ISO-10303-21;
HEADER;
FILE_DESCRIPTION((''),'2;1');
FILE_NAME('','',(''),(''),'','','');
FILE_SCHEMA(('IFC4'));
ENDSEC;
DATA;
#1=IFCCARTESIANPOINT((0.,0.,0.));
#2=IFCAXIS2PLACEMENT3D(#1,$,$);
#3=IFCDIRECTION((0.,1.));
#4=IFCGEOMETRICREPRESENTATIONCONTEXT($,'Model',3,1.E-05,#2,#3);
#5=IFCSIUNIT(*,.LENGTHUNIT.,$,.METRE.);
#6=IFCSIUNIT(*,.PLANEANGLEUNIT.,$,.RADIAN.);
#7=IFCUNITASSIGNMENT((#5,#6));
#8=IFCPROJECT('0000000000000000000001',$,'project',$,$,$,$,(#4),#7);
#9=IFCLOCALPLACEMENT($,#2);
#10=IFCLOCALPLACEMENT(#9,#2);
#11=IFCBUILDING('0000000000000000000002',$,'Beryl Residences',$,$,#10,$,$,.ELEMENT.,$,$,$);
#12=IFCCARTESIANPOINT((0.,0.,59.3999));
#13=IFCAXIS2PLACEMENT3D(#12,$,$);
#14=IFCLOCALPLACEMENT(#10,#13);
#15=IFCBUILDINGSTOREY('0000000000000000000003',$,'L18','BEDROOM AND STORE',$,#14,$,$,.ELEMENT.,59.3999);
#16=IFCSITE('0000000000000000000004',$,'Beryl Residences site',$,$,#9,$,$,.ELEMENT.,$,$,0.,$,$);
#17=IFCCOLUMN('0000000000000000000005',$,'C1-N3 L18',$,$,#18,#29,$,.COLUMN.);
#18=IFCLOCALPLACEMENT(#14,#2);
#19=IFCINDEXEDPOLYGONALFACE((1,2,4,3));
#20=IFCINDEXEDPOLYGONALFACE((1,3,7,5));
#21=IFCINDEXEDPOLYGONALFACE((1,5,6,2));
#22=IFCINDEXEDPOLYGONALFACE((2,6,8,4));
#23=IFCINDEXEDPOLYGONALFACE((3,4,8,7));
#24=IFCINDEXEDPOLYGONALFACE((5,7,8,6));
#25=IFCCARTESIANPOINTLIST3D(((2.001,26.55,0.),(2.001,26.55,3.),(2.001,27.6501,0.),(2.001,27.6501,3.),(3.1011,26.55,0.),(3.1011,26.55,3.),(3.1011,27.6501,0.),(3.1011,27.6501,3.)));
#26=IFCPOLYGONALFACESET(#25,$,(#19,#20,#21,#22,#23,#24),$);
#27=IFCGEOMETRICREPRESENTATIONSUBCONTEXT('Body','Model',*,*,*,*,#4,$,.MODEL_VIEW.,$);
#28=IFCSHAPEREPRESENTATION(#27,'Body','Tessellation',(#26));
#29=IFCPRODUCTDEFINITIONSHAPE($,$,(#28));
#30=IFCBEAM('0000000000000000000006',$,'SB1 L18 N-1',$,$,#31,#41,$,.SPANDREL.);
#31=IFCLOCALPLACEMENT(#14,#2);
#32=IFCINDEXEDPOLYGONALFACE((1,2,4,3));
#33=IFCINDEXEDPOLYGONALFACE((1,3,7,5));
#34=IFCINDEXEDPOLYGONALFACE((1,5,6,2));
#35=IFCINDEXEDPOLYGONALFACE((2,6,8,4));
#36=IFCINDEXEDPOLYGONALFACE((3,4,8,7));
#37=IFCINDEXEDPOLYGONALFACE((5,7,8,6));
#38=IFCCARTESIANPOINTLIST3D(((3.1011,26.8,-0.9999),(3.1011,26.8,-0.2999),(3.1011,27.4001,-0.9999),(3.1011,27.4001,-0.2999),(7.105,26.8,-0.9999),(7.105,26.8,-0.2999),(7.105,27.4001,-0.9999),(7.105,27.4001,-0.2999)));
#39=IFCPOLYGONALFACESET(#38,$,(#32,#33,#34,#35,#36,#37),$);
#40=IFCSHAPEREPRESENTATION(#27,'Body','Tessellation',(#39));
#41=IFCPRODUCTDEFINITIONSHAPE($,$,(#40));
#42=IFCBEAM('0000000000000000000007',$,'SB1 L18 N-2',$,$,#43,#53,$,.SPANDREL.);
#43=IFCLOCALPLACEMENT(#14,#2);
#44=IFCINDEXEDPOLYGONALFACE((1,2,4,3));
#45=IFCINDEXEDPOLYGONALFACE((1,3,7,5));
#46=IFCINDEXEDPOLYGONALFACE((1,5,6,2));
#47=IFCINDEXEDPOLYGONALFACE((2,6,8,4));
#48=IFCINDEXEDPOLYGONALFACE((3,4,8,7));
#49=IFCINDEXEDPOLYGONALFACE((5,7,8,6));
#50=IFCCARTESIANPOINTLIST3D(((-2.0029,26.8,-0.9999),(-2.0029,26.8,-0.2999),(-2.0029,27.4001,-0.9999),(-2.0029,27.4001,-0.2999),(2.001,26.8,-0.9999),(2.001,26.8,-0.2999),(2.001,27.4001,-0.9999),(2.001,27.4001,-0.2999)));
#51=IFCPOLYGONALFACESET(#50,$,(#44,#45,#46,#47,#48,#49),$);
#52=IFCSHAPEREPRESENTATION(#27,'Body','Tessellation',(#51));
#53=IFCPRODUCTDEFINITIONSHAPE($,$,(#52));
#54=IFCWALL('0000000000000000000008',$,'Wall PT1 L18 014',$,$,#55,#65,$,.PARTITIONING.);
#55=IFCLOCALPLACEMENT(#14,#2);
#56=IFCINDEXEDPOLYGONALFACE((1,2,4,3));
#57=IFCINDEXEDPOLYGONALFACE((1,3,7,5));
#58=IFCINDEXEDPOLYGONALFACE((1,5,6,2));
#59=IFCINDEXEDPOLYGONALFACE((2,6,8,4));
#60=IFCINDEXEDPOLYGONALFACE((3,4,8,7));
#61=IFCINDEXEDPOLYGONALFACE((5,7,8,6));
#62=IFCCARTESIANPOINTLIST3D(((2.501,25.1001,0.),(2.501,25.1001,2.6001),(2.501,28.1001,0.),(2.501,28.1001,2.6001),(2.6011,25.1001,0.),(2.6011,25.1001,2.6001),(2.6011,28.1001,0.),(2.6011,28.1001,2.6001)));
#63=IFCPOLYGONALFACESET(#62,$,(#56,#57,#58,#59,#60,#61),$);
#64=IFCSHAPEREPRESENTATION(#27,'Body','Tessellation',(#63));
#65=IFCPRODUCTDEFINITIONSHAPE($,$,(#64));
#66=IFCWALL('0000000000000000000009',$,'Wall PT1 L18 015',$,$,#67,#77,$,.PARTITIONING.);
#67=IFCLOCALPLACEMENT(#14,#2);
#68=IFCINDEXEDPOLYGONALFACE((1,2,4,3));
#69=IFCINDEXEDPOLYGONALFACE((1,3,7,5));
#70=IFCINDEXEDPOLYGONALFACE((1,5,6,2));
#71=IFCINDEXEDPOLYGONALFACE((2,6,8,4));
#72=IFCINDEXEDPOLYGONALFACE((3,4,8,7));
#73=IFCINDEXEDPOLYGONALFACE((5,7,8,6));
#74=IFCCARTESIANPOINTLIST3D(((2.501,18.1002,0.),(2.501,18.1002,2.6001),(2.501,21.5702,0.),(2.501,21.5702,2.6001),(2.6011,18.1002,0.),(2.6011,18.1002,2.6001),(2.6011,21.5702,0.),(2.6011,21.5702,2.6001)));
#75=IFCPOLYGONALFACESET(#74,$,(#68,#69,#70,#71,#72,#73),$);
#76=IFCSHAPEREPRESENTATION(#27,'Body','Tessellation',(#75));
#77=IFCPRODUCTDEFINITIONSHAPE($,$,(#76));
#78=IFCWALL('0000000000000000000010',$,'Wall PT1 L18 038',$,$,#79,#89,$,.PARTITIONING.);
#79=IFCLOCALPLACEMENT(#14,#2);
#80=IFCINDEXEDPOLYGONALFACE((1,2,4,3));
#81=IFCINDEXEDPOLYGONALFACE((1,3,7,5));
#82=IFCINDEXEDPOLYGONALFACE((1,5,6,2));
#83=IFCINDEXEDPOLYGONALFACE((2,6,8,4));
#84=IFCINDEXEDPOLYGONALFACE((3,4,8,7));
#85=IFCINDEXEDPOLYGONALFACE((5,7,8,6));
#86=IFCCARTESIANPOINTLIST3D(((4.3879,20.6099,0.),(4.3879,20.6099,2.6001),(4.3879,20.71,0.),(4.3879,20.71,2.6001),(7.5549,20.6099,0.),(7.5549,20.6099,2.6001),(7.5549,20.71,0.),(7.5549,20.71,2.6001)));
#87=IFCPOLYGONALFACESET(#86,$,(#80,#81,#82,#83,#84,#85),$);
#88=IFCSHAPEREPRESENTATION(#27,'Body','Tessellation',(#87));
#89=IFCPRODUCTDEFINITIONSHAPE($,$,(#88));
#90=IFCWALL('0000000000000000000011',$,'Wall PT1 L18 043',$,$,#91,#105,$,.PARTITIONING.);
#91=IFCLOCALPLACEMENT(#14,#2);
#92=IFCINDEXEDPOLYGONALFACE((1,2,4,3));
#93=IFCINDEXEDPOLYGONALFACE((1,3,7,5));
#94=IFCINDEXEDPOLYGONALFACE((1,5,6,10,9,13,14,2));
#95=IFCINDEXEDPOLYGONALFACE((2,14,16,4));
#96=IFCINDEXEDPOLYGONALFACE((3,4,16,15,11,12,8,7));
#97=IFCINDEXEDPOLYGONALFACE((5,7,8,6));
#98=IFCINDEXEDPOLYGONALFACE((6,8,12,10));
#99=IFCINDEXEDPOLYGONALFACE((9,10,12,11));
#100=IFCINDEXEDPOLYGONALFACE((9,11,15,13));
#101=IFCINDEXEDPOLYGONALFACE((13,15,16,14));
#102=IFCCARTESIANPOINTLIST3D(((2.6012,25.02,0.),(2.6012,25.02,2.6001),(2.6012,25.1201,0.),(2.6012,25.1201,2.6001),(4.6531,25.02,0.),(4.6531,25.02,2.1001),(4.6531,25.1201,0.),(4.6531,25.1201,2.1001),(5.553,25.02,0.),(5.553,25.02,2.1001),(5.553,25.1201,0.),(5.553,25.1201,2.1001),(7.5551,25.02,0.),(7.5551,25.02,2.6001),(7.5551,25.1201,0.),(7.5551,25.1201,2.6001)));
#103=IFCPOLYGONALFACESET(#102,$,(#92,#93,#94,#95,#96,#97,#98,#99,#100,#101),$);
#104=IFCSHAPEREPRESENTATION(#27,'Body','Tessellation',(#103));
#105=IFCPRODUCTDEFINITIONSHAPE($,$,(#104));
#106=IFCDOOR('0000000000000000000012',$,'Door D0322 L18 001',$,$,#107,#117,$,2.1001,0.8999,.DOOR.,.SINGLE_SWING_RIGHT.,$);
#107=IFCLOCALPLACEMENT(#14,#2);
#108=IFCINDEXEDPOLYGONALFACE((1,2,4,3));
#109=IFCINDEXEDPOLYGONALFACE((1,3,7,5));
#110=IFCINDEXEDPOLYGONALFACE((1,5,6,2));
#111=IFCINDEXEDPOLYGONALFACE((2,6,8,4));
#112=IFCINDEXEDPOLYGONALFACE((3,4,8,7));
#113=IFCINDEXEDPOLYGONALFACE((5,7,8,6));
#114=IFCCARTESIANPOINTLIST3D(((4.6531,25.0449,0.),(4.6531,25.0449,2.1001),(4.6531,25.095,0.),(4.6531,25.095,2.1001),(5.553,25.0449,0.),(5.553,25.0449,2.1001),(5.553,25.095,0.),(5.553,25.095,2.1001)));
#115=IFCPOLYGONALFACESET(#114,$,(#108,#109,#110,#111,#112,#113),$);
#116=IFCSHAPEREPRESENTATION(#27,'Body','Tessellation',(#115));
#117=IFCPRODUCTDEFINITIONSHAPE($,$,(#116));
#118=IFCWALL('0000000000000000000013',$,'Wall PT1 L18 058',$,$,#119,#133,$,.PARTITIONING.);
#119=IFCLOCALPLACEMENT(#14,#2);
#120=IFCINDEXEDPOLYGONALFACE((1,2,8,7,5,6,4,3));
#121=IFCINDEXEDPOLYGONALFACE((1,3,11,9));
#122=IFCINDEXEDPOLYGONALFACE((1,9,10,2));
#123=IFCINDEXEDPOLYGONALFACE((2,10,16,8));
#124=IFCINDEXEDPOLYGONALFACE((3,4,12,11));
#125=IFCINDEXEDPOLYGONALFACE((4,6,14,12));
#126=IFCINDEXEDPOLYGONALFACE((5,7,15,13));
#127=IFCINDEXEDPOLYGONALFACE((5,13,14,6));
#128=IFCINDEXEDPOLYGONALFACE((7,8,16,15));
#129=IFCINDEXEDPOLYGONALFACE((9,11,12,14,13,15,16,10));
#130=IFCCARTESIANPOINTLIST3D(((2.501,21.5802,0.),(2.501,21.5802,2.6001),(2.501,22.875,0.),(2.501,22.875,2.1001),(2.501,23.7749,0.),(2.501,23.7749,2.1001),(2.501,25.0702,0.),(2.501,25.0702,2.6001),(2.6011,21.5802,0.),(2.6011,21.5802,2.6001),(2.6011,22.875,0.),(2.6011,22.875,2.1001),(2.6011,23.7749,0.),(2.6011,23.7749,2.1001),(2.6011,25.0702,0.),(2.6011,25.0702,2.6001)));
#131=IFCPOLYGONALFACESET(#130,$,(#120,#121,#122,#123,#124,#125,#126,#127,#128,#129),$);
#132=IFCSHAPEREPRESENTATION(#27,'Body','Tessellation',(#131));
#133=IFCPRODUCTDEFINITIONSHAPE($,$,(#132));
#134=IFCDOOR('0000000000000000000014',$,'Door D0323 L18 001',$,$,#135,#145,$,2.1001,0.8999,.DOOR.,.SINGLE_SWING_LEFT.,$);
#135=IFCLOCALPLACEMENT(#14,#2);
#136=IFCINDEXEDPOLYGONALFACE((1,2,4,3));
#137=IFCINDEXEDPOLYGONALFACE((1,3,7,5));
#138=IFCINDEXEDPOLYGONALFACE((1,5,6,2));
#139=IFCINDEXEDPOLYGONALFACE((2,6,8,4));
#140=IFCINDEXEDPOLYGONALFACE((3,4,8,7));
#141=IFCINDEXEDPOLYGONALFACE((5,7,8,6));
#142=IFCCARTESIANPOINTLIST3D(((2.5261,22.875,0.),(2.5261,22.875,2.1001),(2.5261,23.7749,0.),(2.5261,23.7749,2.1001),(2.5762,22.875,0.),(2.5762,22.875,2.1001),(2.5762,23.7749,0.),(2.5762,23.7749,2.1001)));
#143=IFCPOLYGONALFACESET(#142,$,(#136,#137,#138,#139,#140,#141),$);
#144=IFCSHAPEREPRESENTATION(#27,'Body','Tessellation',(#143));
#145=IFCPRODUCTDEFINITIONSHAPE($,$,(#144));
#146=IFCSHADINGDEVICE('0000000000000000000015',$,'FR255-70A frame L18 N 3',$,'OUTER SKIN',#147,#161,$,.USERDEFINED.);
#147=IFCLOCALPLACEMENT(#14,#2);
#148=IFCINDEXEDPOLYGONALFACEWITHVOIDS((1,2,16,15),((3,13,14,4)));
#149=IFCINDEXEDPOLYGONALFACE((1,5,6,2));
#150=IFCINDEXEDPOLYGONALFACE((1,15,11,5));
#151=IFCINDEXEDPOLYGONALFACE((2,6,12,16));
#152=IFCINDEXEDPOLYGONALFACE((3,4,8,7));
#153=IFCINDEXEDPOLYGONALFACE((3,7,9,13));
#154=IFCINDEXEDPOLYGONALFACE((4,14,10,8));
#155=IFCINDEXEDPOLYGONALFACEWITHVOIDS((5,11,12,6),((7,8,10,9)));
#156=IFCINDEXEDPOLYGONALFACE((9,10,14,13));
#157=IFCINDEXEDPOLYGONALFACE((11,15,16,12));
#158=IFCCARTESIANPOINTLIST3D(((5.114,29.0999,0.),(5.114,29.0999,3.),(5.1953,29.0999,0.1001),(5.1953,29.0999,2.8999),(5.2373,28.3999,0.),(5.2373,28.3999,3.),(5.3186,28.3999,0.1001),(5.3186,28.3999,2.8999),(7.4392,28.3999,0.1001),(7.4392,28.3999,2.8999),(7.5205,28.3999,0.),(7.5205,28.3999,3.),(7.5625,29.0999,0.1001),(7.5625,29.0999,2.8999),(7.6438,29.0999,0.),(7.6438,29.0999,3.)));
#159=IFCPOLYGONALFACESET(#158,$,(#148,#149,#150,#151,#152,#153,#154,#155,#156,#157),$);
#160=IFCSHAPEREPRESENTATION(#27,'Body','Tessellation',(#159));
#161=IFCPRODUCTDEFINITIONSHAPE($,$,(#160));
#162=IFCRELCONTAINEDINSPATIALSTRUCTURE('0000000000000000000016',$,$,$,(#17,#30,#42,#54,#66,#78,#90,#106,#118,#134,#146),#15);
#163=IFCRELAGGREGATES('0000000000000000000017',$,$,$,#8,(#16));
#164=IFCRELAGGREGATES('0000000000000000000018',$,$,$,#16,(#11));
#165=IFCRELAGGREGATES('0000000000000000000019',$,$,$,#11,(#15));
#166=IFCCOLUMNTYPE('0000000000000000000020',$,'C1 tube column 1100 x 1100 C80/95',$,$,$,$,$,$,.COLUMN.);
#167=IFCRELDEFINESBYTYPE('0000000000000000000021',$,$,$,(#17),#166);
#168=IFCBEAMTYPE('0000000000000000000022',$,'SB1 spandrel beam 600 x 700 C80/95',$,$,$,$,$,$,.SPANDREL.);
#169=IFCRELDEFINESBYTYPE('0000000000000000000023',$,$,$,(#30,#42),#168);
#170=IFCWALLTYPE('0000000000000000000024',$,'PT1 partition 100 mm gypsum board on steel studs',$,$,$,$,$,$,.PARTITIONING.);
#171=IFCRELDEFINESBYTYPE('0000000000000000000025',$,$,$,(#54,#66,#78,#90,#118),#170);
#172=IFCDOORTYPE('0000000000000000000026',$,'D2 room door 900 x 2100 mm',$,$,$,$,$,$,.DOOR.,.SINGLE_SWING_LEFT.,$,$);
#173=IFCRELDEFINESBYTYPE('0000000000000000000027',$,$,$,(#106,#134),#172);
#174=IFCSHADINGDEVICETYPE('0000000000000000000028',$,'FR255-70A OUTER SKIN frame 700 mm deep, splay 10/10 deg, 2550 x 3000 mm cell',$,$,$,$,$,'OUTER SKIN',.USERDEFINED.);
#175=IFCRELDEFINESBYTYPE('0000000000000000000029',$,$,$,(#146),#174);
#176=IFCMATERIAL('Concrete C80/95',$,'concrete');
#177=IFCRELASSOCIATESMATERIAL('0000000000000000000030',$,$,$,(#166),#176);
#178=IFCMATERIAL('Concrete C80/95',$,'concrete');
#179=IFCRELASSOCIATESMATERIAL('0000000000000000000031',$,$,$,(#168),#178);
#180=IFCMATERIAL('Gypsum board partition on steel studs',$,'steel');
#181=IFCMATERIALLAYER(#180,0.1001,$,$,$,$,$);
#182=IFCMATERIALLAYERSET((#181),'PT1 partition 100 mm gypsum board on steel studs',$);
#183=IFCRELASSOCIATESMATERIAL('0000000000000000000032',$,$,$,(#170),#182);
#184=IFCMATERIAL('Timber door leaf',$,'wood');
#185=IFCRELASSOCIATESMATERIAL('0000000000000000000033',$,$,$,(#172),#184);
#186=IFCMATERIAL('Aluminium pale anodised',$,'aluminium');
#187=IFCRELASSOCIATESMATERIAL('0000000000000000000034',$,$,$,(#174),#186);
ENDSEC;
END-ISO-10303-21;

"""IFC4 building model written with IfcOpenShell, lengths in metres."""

from ifc_helpers import new_model, entity, si_unit, direction, frame, frame_2d, origin, origin_2d, place, context, subcontext, project, spatial, rectangle, extrude, source, transform, mapped, material, layer, layer_set, material_profile, profile_set, type_object, type_shapes, element, fill, save


model = new_model("IFC4")

# Units and contexts
model_context = context("Model", 3, precision=1e-05, world=origin(), true_north=direction((0.0, 1.0)))
body_context = subcontext(model_context, "Body", "Model", "MODEL_VIEW")
ifc_project = project(units=[si_unit("LENGTHUNIT", "METRE"), si_unit("PLANEANGLEUNIT", "RADIAN")], contexts=[model_context])

# Site, building, storey
site_placement = place(None, origin())
site = spatial("IfcSite", under=ifc_project, at=site_placement, Name="Beryl Residences site", CompositionType="ELEMENT", RefElevation=0.0)
building_placement = place(site_placement, origin())
building = spatial("IfcBuilding", under=site, at=building_placement, Name="Beryl Residences", CompositionType="ELEMENT")
storey_placement = place(building_placement, frame((0.0, 0.0, 59.3999)))
storey = spatial("IfcBuildingStorey", under=building, at=storey_placement, Name="L18", Description="BEDROOM AND STORE", CompositionType="ELEMENT", Elevation=59.3999)

# Column
ifc_material_1 = material(Name="Concrete C80/95", Category="concrete")
ifc_material_profile_1 = material_profile(ifc_material_1, rectangle(XDim=1.1001, YDim=1.1001, at=origin_2d()))
ifc_profile_set_1 = profile_set([ifc_material_profile_1], Name="Concrete C80/95")
column_type = type_object("IfcColumnType", Name="C1 tube column 1100 x 1100 C80/95", PredefinedType="COLUMN", material=ifc_profile_set_1)
column_placement = place(storey_placement, frame((2.551, 27.1001, 0.0), z_axis=(0.0, 0.0, 1.0), x_axis=(-1.0, 0.0, 0.0)))
element("IfcColumn", 1, at=column_placement, inside=storey, type_object=column_type, Name="C1-N3 L18", PredefinedType="COLUMN", context=body_context, shape_type="SweptSolid", body=[
    extrude(rectangle(XDim=1.1001, YDim=1.1001, at=origin_2d()), origin(), (0.0, 0.0, 1.0), 3.0),
])

# Beams
ifc_material_2 = material(Name="Concrete C80/95", Category="concrete")
ifc_material_profile_2 = material_profile(ifc_material_2, rectangle(XDim=0.6001, YDim=0.7, at=origin_2d()))
ifc_profile_set_2 = profile_set([ifc_material_profile_2], Name="Concrete C80/95")
beam_type = type_object("IfcBeamType", Name="SB1 spandrel beam 600 x 700 C80/95", PredefinedType="SPANDREL", material=ifc_profile_set_2)
for number, where, z_axis, x_axis, name in (
    (2, (7.105, 27.1001, -0.6499), (-1.0, 0.0, 0.0), (0.0, -1.0, 0.0), "SB1 L18 N-1"),
    (3, (2.001, 27.1001, -0.6499), (-1.0, 0.0, 0.0), (0.0, -1.0, 0.0), "SB1 L18 N-2"),
):
    element("IfcBeam", number, at=place(storey_placement, frame(where, z_axis=z_axis, x_axis=x_axis)), inside=storey, type_object=beam_type, Name=name, PredefinedType="SPANDREL", context=body_context, shape_type="SweptSolid", body=[
        extrude(rectangle(XDim=0.6001, YDim=0.7, at=origin_2d()), origin(), (0.0, 0.0, 1.0), 4.0039),
    ])

# Walls
ifc_material_3 = material(Name="Gypsum board partition on steel studs", Category="steel")
ifc_layer = layer(ifc_material_3, 0.1001)
ifc_layer_set = layer_set([ifc_layer], Name="PT1 partition 100 mm gypsum board on steel studs")
wall_type = type_object("IfcWallType", Name="PT1 partition 100 mm gypsum board on steel studs", PredefinedType="PARTITIONING", material=ifc_layer_set)
wall_1_placement = place(storey_placement, frame((2.551, 28.1001, 0.0), z_axis=(0.0, 0.0, 1.0), x_axis=(0.0, -1.0, 0.0)))
element("IfcWall", 4, at=wall_1_placement, inside=storey, type_object=wall_type, Name="Wall PT1 L18 014", PredefinedType="PARTITIONING", context=body_context, shape_type="SweptSolid", body=[
    extrude(rectangle(XDim=3.0, YDim=0.1001, at=frame_2d((1.5, 0.0))), origin(), (0.0, 0.0, 1.0), 2.6001),
])
wall_2_placement = place(storey_placement, frame((2.551, 21.5701, 0.0), z_axis=(0.0, 0.0, 1.0), x_axis=(0.0, -1.0, 0.0)))
element("IfcWall", 5, at=wall_2_placement, inside=storey, type_object=wall_type, Name="Wall PT1 L18 015", PredefinedType="PARTITIONING", context=body_context, shape_type="SweptSolid", body=[
    extrude(rectangle(XDim=3.47, YDim=0.1001, at=frame_2d((1.7349, 0.0))), origin(), (0.0, 0.0, 1.0), 2.6001),
])
wall_3_placement = place(storey_placement, frame((4.3879, 20.6599, 0.0), z_axis=(0.0, 0.0, 1.0), x_axis=(1.0, 0.0, 0.0)))
element("IfcWall", 6, at=wall_3_placement, inside=storey, type_object=wall_type, Name="Wall PT1 L18 038", PredefinedType="PARTITIONING", context=body_context, shape_type="SweptSolid", body=[
    extrude(rectangle(XDim=3.167, YDim=0.1001, at=frame_2d((1.5835, 0.0))), origin(), (0.0, 0.0, 1.0), 2.6001),
])

# Walls, openings, doors
wall_4_placement = place(storey_placement, frame((2.6011, 25.0701, 0.0), z_axis=(0.0, 0.0, 1.0), x_axis=(1.0, 0.0, 0.0)))
wall_4 = element("IfcWall", 7, at=wall_4_placement, inside=storey, type_object=wall_type, Name="Wall PT1 L18 043", PredefinedType="PARTITIONING", context=body_context, shape_type="SweptSolid", body=[
    extrude(rectangle(XDim=4.9539, YDim=0.1001, at=frame_2d((2.4771, 0.0))), origin(), (0.0, 0.0, 1.0), 2.6001),
])
opening_1_placement = place(wall_4_placement, frame((2.052, 0.0, 0.0)))
opening_1 = element("IfcOpeningElement", 8, at=opening_1_placement, cuts=wall_4, PredefinedType="OPENING", context=body_context, shape_type="SweptSolid", body=[
    extrude(rectangle(XDim=0.8999, YDim=2.1001, at=frame_2d((0.45, 1.05))), frame((0.0, 0.0601, 0.0), z_axis=(0.0, -1.0, 0.0), x_axis=(1.0, 0.0, 0.0)), (0.0, 0.0, 1.0), 0.1201),
])
ifc_material_4 = material(Name="Timber door leaf", Category="wood")
door_type = type_object("IfcDoorType", Name="D2 room door 900 x 2100 mm", OperationType="SINGLE_SWING_LEFT", PredefinedType="DOOR", material=ifc_material_4)
door_1_placement = place(opening_1_placement, origin())
door_1 = element("IfcDoor", 9, at=door_1_placement, inside=storey, type_object=door_type, Name="Door D0322 L18 001", OperationType="SINGLE_SWING_RIGHT", OverallHeight=2.1001, OverallWidth=0.8999, PredefinedType="DOOR", context=body_context, shape_type="SweptSolid", body=[
    extrude(rectangle(XDim=0.8999, YDim=2.1001, at=frame_2d((0.45, 1.05))), frame((0.0, 0.0249, 0.0), z_axis=(0.0, -1.0, 0.0), x_axis=(1.0, 0.0, 0.0)), (0.0, 0.0, 1.0), 0.05),
])
fill(opening_1, door_1)
wall_5_placement = place(storey_placement, frame((2.551, 21.5801, 0.0), z_axis=(0.0, 0.0, 1.0), x_axis=(0.0, 1.0, 0.0)))
wall_5 = element("IfcWall", 10, at=wall_5_placement, inside=storey, type_object=wall_type, Name="Wall PT1 L18 058", PredefinedType="PARTITIONING", context=body_context, shape_type="SweptSolid", body=[
    extrude(rectangle(XDim=3.49, YDim=0.1001, at=frame_2d((1.7451, 0.0))), origin(), (0.0, 0.0, 1.0), 2.6001),
])
opening_2_placement = place(wall_5_placement, frame((1.2949, 0.0, 0.0)))
opening_2 = element("IfcOpeningElement", 11, at=opening_2_placement, cuts=wall_5, PredefinedType="OPENING", context=body_context, shape_type="SweptSolid", body=[
    extrude(rectangle(XDim=0.8999, YDim=2.1001, at=frame_2d((0.45, 1.05))), frame((0.0, 0.0601, 0.0), z_axis=(0.0, -1.0, 0.0), x_axis=(1.0, 0.0, 0.0)), (0.0, 0.0, 1.0), 0.1201),
])
door_2_placement = place(opening_2_placement, origin())
door_2 = element("IfcDoor", 12, at=door_2_placement, inside=storey, type_object=door_type, Name="Door D0323 L18 001", OperationType="SINGLE_SWING_LEFT", OverallHeight=2.1001, OverallWidth=0.8999, PredefinedType="DOOR", context=body_context, shape_type="SweptSolid", body=[
    extrude(rectangle(XDim=0.8999, YDim=2.1001, at=frame_2d((0.45, 1.05))), frame((0.0, 0.0249, 0.0), z_axis=(0.0, -1.0, 0.0), x_axis=(1.0, 0.0, 0.0)), (0.0, 0.0, 1.0), 0.05),
])
fill(opening_2, door_2)

# Shading device
ifc_material_5 = material(Name="Aluminium pale anodised", Category="aluminium")
shading_device_type = type_object("IfcShadingDeviceType", Name="FR255-70A OUTER SKIN frame 700 mm deep, splay 10/10 deg, 2550 x 3000 mm cell", ElementType="OUTER SKIN", PredefinedType="USERDEFINED", material=ifc_material_5)
cartesian_point_1 = entity("IfcCartesianPoint", [-1.1416, 0.0])
cartesian_point_2 = entity("IfcCartesianPoint", [-1.0603, 0.1001])
cartesian_point_3 = entity("IfcCartesianPoint", [-1.2649, 0.0])
cartesian_point_4 = entity("IfcCartesianPoint", [-1.1836, 0.1001])
shared_shape_1 = source(origin(), body_context, "Body", "SweptSolid", [
    entity("IfcExtrudedAreaSolidTapered", entity("IfcArbitraryProfileDefWithVoids", "AREA", None, entity("IfcPolyline", [cartesian_point_1, entity("IfcCartesianPoint", [1.1416, 0.0]), entity("IfcCartesianPoint", [1.1416, 3.0]), entity("IfcCartesianPoint", [-1.1416, 3.0]), cartesian_point_1]), [entity("IfcPolyline", [cartesian_point_2, entity("IfcCartesianPoint", [1.0603, 0.1001]), entity("IfcCartesianPoint", [1.0603, 2.8999]), entity("IfcCartesianPoint", [-1.0603, 2.8999]), cartesian_point_2])]), entity("IfcAxis2Placement3D", entity("IfcCartesianPoint", [0.0, 0.0, 0.0]), entity("IfcDirection", [0.0, 1.0, 0.0]), entity("IfcDirection", [-1.0, 0.0, 0.0])), entity("IfcDirection", [0.0, 0.0, 1.0]), 0.7, entity("IfcArbitraryProfileDefWithVoids", "AREA", None, entity("IfcPolyline", [cartesian_point_3, entity("IfcCartesianPoint", [1.2649, 0.0]), entity("IfcCartesianPoint", [1.2649, 3.0]), entity("IfcCartesianPoint", [-1.2649, 3.0]), cartesian_point_3]), [entity("IfcPolyline", [cartesian_point_4, entity("IfcCartesianPoint", [1.1836, 0.1001]), entity("IfcCartesianPoint", [1.1836, 2.8999]), entity("IfcCartesianPoint", [-1.1836, 2.8999]), cartesian_point_4])])),
])
type_shapes(shading_device_type, [shared_shape_1])
for number, where, z_axis, x_axis, name in (
    (13, (6.3789, 28.3999, 0.0), (0.0, 0.0, 1.0), (1.0, 0.0, 0.0), "FR255-70A frame L18 N 3"),
):
    element("IfcShadingDevice", number, at=place(storey_placement, frame(where, z_axis=z_axis, x_axis=x_axis)), inside=storey, type_object=shading_device_type, Name=name, ObjectType="OUTER SKIN", PredefinedType="USERDEFINED", context=body_context, shape_type="MappedRepresentation", body=[
        mapped(shared_shape_1, transform((0.0, 0.0, 0.0))),
    ])

save(model, "model.ifc")
